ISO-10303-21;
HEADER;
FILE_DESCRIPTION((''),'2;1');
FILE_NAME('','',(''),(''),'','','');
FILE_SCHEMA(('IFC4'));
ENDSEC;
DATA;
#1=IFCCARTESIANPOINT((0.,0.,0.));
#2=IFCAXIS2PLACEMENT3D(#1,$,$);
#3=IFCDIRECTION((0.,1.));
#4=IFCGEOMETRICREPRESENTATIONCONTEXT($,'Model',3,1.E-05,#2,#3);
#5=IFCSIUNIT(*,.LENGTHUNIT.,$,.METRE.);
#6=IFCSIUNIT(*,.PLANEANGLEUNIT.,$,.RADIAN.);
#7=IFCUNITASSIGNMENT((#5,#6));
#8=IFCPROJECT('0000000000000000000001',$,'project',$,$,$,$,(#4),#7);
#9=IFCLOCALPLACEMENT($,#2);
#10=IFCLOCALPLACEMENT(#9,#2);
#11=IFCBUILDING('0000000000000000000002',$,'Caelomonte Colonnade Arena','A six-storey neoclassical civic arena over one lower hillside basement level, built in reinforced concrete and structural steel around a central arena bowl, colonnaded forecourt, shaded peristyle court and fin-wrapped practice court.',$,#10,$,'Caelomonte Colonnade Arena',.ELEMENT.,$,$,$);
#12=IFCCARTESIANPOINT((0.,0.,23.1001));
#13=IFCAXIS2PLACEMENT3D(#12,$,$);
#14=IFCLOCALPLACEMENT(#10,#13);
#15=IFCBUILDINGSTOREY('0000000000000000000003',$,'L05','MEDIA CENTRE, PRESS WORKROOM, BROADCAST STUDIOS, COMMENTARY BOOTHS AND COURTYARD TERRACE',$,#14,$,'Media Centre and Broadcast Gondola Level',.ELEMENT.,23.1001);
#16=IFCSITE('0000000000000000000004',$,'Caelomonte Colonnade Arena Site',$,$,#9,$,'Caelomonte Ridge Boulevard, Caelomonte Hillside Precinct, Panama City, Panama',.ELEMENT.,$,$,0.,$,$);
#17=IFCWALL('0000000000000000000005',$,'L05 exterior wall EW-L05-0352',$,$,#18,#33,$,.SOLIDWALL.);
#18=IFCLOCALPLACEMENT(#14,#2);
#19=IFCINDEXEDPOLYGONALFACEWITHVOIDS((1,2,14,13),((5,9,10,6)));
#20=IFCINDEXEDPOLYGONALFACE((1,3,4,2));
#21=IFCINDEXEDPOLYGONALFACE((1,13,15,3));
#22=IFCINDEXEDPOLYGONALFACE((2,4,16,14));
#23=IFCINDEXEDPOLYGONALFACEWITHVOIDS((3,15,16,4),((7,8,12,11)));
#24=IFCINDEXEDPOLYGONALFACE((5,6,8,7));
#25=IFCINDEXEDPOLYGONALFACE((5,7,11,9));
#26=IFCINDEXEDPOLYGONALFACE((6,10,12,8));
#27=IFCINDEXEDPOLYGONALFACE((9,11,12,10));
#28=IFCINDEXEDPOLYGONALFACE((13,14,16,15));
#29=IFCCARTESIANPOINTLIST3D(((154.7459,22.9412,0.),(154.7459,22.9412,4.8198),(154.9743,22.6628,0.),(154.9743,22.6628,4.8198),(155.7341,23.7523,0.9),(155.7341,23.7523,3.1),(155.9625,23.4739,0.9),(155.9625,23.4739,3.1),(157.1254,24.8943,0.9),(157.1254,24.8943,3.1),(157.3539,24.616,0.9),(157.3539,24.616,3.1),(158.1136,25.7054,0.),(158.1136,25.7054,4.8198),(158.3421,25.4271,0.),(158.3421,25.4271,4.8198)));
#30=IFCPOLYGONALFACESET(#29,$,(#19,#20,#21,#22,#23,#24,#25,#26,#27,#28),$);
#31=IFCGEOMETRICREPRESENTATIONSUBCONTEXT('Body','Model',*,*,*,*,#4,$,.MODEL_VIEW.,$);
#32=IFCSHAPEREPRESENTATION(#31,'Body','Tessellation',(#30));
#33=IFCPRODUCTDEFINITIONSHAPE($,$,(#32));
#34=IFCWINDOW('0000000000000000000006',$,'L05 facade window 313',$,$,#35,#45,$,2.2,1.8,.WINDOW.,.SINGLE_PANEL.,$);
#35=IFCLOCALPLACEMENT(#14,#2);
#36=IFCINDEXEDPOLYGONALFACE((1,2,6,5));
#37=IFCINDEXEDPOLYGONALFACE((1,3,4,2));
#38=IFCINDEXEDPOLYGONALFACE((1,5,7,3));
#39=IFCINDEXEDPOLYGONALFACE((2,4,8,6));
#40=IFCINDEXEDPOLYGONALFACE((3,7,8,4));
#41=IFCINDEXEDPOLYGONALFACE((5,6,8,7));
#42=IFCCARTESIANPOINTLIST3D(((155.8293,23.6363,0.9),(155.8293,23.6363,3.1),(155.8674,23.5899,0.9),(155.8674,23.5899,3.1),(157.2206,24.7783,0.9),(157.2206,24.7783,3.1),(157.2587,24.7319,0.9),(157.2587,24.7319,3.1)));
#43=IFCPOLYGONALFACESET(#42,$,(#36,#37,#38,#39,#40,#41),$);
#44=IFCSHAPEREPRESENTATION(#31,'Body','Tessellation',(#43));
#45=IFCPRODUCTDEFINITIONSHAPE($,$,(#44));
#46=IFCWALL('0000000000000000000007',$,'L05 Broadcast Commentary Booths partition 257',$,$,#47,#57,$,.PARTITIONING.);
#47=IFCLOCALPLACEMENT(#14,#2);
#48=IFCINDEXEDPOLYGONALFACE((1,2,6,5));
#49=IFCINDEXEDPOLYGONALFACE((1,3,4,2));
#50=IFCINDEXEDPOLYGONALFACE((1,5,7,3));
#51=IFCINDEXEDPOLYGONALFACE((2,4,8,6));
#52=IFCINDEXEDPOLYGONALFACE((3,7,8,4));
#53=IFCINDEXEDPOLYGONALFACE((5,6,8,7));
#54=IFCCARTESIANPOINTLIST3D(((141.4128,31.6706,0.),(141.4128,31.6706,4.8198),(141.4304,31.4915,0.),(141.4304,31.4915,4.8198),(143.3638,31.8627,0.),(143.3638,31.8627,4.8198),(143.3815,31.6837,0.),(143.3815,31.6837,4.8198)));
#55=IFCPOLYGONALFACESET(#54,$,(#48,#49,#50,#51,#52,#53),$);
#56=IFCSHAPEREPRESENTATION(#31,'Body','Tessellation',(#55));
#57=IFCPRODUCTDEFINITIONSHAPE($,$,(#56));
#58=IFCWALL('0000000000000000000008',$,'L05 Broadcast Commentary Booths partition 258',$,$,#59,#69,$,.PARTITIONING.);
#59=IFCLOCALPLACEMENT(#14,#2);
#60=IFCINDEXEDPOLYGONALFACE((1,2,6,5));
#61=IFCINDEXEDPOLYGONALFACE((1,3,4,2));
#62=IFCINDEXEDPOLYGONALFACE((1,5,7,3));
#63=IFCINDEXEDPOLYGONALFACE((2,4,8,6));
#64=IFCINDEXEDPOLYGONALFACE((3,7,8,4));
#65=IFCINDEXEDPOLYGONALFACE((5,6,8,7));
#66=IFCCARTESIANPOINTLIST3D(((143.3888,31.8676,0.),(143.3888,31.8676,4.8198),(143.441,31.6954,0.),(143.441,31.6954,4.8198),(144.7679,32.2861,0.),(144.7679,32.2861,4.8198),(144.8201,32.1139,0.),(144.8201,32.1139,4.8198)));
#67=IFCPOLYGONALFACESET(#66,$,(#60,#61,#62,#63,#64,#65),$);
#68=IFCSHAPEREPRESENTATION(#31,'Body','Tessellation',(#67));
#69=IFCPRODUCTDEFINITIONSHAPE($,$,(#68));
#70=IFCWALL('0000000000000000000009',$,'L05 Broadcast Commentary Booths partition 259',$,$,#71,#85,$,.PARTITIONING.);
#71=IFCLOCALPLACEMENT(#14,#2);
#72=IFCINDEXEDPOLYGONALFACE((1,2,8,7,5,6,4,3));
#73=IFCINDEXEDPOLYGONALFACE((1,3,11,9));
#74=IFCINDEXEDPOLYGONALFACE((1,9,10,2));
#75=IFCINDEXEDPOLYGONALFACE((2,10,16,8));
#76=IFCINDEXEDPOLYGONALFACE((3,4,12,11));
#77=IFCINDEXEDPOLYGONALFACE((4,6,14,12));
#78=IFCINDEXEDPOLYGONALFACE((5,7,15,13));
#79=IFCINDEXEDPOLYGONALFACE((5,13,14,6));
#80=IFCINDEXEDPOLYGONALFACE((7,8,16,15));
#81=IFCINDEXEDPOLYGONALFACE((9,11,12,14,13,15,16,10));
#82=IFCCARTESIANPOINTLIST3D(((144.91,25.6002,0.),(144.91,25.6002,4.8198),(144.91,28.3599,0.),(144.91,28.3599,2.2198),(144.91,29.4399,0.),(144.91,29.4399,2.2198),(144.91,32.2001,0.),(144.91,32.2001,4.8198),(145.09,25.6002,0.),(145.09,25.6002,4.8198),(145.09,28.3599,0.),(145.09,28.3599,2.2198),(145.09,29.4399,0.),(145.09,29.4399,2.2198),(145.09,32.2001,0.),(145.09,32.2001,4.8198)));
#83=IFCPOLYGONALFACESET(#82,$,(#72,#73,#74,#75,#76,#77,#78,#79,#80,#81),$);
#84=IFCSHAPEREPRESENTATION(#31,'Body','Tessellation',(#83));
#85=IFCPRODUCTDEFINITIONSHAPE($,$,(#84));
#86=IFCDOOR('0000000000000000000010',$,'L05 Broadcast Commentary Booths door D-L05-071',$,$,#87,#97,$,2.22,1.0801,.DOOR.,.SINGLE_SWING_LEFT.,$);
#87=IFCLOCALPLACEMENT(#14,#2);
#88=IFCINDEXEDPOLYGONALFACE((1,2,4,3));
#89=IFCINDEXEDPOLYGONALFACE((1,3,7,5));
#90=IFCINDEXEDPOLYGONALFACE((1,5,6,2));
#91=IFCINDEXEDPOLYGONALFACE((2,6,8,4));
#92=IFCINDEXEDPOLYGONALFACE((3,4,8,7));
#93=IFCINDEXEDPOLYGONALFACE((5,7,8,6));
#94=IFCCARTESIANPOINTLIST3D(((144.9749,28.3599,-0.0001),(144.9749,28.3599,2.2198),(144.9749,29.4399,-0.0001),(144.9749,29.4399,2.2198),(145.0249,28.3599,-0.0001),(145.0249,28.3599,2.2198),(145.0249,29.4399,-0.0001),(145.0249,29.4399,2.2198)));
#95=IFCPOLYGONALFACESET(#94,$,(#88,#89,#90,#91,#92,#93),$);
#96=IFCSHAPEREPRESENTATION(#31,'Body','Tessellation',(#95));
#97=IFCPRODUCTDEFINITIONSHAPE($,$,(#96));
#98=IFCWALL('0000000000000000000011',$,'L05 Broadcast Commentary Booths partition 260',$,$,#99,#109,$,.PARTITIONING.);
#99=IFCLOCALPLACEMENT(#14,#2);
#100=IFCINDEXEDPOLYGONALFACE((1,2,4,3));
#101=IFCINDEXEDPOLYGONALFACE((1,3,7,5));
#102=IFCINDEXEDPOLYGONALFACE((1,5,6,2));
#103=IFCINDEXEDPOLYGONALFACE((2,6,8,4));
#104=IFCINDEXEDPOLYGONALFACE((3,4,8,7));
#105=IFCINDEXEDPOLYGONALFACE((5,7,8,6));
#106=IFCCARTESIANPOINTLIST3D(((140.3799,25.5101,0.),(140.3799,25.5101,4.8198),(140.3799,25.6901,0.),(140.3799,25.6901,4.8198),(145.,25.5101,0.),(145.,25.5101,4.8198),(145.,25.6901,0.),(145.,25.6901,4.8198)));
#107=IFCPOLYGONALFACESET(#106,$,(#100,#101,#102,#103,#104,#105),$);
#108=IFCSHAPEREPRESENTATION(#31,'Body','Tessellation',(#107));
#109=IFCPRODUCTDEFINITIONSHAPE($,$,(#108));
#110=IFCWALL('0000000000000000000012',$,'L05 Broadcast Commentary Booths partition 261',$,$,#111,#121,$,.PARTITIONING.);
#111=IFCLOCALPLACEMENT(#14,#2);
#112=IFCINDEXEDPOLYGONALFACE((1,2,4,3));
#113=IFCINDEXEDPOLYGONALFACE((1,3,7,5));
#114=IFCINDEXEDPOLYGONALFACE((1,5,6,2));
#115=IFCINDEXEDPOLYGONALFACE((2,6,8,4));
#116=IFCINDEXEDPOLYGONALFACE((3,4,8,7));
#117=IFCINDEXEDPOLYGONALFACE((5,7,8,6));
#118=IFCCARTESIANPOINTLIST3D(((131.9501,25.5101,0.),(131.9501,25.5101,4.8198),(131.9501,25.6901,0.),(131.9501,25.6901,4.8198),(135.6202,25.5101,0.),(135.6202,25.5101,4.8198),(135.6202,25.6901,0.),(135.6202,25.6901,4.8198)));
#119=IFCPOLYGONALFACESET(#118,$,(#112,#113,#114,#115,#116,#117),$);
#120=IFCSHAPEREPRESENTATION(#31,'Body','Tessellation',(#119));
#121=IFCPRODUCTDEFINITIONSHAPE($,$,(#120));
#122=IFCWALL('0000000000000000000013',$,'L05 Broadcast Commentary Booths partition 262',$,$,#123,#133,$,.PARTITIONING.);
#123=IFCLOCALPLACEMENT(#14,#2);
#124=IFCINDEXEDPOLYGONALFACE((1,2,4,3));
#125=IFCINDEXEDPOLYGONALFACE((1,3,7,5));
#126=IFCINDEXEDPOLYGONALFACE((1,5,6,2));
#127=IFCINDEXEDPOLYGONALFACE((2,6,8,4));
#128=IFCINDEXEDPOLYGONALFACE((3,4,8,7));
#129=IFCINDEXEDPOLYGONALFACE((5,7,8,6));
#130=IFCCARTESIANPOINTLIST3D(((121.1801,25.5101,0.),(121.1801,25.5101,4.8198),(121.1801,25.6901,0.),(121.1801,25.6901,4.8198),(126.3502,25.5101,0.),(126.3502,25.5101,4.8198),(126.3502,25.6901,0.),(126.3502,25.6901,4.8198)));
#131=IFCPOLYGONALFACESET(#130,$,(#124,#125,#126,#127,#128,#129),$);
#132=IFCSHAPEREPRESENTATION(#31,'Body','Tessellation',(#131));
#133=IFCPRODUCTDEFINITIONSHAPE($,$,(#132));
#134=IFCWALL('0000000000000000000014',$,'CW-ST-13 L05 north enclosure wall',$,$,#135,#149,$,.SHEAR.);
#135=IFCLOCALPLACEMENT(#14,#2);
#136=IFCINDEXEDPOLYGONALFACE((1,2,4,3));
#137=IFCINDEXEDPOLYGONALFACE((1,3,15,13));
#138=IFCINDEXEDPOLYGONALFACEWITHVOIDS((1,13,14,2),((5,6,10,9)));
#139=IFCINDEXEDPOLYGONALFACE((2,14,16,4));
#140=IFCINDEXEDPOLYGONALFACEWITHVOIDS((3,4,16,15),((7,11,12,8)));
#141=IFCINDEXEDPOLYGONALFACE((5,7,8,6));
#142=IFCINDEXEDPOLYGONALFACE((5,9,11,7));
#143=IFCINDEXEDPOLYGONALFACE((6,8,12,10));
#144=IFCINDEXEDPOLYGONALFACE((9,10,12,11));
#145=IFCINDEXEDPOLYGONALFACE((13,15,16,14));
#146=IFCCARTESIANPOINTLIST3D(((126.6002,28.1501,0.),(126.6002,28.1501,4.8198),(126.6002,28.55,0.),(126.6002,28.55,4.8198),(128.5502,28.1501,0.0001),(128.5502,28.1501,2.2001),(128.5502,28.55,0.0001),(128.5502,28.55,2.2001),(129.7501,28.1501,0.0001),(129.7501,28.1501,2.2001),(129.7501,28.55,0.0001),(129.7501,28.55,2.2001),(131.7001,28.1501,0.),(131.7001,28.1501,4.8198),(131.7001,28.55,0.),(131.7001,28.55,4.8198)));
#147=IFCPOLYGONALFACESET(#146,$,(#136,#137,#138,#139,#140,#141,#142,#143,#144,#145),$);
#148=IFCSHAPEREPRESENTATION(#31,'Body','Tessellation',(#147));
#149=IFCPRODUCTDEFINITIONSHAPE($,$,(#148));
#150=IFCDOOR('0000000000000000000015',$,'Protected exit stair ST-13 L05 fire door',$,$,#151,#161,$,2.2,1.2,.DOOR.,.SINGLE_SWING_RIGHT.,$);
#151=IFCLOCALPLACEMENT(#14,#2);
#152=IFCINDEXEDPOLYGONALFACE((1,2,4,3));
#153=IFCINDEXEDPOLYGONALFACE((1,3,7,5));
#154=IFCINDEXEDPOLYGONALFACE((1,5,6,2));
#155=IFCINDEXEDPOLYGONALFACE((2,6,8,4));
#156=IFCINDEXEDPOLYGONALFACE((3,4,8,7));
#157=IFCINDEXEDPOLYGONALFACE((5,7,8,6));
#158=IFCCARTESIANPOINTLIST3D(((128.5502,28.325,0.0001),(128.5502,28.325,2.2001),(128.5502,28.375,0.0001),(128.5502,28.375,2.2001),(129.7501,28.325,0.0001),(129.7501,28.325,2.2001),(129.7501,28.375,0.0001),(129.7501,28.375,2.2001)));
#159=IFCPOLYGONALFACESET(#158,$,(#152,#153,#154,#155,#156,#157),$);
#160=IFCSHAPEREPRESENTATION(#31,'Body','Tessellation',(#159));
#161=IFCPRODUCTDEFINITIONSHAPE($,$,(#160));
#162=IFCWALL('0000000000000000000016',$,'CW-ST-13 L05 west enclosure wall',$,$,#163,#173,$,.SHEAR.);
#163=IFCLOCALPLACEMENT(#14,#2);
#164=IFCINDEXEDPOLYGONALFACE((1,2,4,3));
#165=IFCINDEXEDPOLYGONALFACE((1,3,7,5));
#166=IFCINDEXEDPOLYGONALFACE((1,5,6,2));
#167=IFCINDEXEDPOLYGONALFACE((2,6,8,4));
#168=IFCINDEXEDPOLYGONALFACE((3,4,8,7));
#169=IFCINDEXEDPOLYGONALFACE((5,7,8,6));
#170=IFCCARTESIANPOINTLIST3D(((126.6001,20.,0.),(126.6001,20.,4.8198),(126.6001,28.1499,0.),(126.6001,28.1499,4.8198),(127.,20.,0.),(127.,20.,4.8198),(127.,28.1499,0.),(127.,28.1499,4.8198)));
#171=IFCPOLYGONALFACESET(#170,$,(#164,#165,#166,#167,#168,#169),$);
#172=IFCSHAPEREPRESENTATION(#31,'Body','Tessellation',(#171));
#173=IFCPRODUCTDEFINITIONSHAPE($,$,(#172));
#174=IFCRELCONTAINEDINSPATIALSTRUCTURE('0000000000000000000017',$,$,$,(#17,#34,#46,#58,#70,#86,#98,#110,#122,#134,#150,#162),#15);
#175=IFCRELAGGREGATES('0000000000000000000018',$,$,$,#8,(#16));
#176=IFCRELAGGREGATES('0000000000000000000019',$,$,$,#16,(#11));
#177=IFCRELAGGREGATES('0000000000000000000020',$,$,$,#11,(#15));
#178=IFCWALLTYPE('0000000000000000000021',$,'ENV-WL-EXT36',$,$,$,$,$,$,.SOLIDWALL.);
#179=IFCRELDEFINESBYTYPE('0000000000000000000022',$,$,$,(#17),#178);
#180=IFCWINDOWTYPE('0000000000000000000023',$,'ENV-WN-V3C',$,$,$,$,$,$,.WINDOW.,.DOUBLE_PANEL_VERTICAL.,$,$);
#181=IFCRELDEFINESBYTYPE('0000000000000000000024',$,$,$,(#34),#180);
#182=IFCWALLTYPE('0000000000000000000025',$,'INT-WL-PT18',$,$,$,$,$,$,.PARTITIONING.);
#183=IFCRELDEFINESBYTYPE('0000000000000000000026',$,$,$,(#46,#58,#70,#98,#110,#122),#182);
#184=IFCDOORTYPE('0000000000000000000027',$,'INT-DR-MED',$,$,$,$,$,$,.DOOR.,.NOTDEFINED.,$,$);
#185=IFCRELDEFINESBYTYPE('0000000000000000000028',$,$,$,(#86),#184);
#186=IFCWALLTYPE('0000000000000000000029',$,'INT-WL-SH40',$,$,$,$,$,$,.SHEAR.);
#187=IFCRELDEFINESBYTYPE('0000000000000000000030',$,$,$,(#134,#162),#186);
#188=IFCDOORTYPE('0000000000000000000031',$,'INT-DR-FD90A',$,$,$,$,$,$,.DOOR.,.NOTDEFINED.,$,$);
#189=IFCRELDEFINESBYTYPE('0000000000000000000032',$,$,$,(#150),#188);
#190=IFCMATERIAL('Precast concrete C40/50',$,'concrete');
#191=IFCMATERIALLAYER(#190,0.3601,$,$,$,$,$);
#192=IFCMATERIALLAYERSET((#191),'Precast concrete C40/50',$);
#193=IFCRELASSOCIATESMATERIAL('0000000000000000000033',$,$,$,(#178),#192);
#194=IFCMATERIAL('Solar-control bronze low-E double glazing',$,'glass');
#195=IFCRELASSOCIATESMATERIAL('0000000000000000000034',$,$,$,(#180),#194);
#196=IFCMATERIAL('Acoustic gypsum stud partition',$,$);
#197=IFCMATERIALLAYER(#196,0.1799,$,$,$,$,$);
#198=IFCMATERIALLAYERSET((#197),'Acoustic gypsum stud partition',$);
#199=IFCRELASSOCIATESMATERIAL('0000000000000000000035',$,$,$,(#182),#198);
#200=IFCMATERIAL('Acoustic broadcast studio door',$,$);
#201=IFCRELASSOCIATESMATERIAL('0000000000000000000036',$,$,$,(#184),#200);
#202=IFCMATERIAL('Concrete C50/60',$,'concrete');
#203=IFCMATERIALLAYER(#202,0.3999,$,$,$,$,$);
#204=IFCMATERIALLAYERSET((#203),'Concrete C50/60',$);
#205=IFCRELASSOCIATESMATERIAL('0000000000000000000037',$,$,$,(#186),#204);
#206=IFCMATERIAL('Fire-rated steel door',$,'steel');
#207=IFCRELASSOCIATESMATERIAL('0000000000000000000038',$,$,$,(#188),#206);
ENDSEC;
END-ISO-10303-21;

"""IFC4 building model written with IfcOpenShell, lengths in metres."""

from ifc_helpers import new_model, si_unit, direction, frame, frame_2d, origin, place, context, subcontext, project, spatial, rectangle, extrude, material, layer, layer_set, type_object, element, fill, save


model = new_model("IFC4")

# Units and contexts
model_context = context("Model", 3, precision=1e-05, world=origin(), true_north=direction((0.0, 1.0)))
body_context = subcontext(model_context, "Body", "Model", "MODEL_VIEW")
ifc_project = project(units=[si_unit("LENGTHUNIT", "METRE"), si_unit("PLANEANGLEUNIT", "RADIAN")], contexts=[model_context])

# Site, building, storey
site_placement = place(None, origin())
site = spatial("IfcSite", under=ifc_project, at=site_placement, Name="Caelomonte Colonnade Arena Site", LongName="Caelomonte Ridge Boulevard, Caelomonte Hillside Precinct, Panama City, Panama", CompositionType="ELEMENT", RefElevation=0.0)
building_placement = place(site_placement, origin())
building = spatial("IfcBuilding", under=site, at=building_placement, Name="Caelomonte Colonnade Arena", Description="A six-storey neoclassical civic arena over one lower hillside basement level, built in reinforced concrete and structural steel around a central arena bowl, colonnaded forecourt, shaded peristyle court and fin-wrapped practice court.", LongName="Caelomonte Colonnade Arena", CompositionType="ELEMENT")
storey_placement = place(building_placement, frame((0.0, 0.0, 23.1001)))
storey = spatial("IfcBuildingStorey", under=building, at=storey_placement, Name="L05", Description="MEDIA CENTRE, PRESS WORKROOM, BROADCAST STUDIOS, COMMENTARY BOOTHS AND COURTYARD TERRACE", LongName="Media Centre and Broadcast Gondola Level", CompositionType="ELEMENT", Elevation=23.1001)

# Wall, opening, window
ifc_material_1 = material(Name="Precast concrete C40/50", Category="concrete")
ifc_layer_1 = layer(ifc_material_1, 0.3601)
ifc_layer_set_1 = layer_set([ifc_layer_1], Name="Precast concrete C40/50")
wall_type_1 = type_object("IfcWallType", Name="ENV-WL-EXT36", PredefinedType="SOLIDWALL", material=ifc_layer_set_1)
wall_1_placement = place(storey_placement, frame((154.8601, 22.802, 0.0), z_axis=(0.0, 0.0, 1.0), x_axis=(0.772968, 0.634445, 0.0)))
wall_1 = element("IfcWall", 1, at=wall_1_placement, inside=storey, type_object=wall_type_1, Name="L05 exterior wall EW-L05-0352", PredefinedType="SOLIDWALL", context=body_context, shape_type="SweptSolid", body=[
    extrude(rectangle(XDim=4.3569, YDim=0.3601, at=frame_2d((2.1785, 0.0))), origin(), (0.0, 0.0, 1.0), 4.8198),
])
opening_1_placement = place(wall_1_placement, frame((3.0784, 0.0, 0.8999), z_axis=(0.0, 0.0, 1.0), x_axis=(-1.0, 0.0, 0.0)))
opening_1 = element("IfcOpeningElement", 2, at=opening_1_placement, cuts=wall_1, PredefinedType="OPENING", context=body_context, shape_type="SweptSolid", body=[
    extrude(rectangle(XDim=1.8, YDim=2.2, at=frame_2d((0.8999, 1.1001))), frame((0.0, 0.1899, 0.0), z_axis=(0.0, -1.0, 0.0), x_axis=(1.0, 0.0, 0.0)), (0.0, 0.0, 1.0), 0.3801),
])
ifc_material_2 = material(Name="Solar-control bronze low-E double glazing", Category="glass")
window_type = type_object("IfcWindowType", Name="ENV-WN-V3C", PartitioningType="DOUBLE_PANEL_VERTICAL", PredefinedType="WINDOW", material=ifc_material_2)
window_placement = place(opening_1_placement, origin())
window = element("IfcWindow", 3, at=window_placement, inside=storey, type_object=window_type, Name="L05 facade window 313", OverallHeight=2.2, OverallWidth=1.8, PartitioningType="SINGLE_PANEL", PredefinedType="WINDOW", context=body_context, shape_type="SweptSolid", body=[
    extrude(rectangle(XDim=1.8, YDim=2.2, at=frame_2d((0.8999, 1.1001))), frame((0.0, 0.03, 0.0), z_axis=(0.0, -1.0, 0.0), x_axis=(1.0, 0.0, 0.0)), (0.0, 0.0, 1.0), 0.0601),
])
fill(opening_1, window)

# Walls
ifc_material_3 = material(Name="Acoustic gypsum stud partition")
ifc_layer_2 = layer(ifc_material_3, 0.1799)
ifc_layer_set_2 = layer_set([ifc_layer_2], Name="Acoustic gypsum stud partition")
wall_type_2 = type_object("IfcWallType", Name="INT-WL-PT18", PredefinedType="PARTITIONING", material=ifc_layer_set_2)
wall_2_placement = place(storey_placement, frame((141.4216, 31.5811, 0.0), z_axis=(0.0, 0.0, 1.0), x_axis=(0.995185, 0.098012, 0.0)))
element("IfcWall", 4, at=wall_2_placement, inside=storey, type_object=wall_type_2, Name="L05 Broadcast Commentary Booths partition 257", PredefinedType="PARTITIONING", context=body_context, shape_type="SweptSolid", body=[
    extrude(rectangle(XDim=1.9604, YDim=0.1799, at=frame_2d((0.9802, 0.0))), origin(), (0.0, 0.0, 1.0), 4.8198),
])
wall_3_placement = place(storey_placement, frame((143.4148, 31.7815, 0.0), z_axis=(0.0, 0.0, 1.0), x_axis=(0.956922, 0.290346, 0.0)))
element("IfcWall", 5, at=wall_3_placement, inside=storey, type_object=wall_type_2, Name="L05 Broadcast Commentary Booths partition 258", PredefinedType="PARTITIONING", context=body_context, shape_type="SweptSolid", body=[
    extrude(rectangle(XDim=1.4412, YDim=0.1799, at=frame_2d((0.7207, 0.0))), origin(), (0.0, 0.0, 1.0), 4.8198),
])

# Wall, opening, door
wall_4_placement = place(storey_placement, frame((145.0, 32.2, 0.0), z_axis=(0.0, 0.0, 1.0), x_axis=(0.0, -1.0, 0.0)))
wall_4 = element("IfcWall", 6, at=wall_4_placement, inside=storey, type_object=wall_type_2, Name="L05 Broadcast Commentary Booths partition 259", PredefinedType="PARTITIONING", context=body_context, shape_type="SweptSolid", body=[
    extrude(rectangle(XDim=6.5999, YDim=0.1799, at=frame_2d((3.2998, 0.0))), origin(), (0.0, 0.0, 1.0), 4.8198),
])
opening_2_placement = place(wall_4_placement, frame((2.76, 0.0, 0.0), z_axis=(0.0, 0.0, 1.0), x_axis=(1.0, 0.0, 0.0)))
opening_2 = element("IfcOpeningElement", 7, at=opening_2_placement, cuts=wall_4, PredefinedType="OPENING", context=body_context, shape_type="SweptSolid", body=[
    extrude(rectangle(XDim=1.0801, YDim=2.22, at=frame_2d((0.54, 1.1099))), frame((0.0, 0.0999, 0.0), z_axis=(0.0, -1.0, 0.0), x_axis=(1.0, 0.0, 0.0)), (0.0, 0.0, 1.0), 0.2),
])
ifc_material_4 = material(Name="Acoustic broadcast studio door")
door_type_1 = type_object("IfcDoorType", Name="INT-DR-MED", OperationType="NOTDEFINED", PredefinedType="DOOR", material=ifc_material_4)
door_1_placement = place(opening_2_placement, origin())
door_1 = element("IfcDoor", 8, at=door_1_placement, inside=storey, type_object=door_type_1, Name="L05 Broadcast Commentary Booths door D-L05-071", OperationType="SINGLE_SWING_LEFT", OverallHeight=2.22, OverallWidth=1.0801, PredefinedType="DOOR", context=body_context, shape_type="SweptSolid", body=[
    extrude(rectangle(XDim=1.0801, YDim=2.22, at=frame_2d((0.54, 1.1099))), frame((0.0, 0.0249, 0.0), z_axis=(0.0, -1.0, 0.0), x_axis=(1.0, 0.0, 0.0)), (0.0, 0.0, 1.0), 0.05),
])
fill(opening_2, door_1)

# Walls
wall_5_placement = place(storey_placement, frame((145.0, 25.6001, 0.0), z_axis=(0.0, 0.0, 1.0), x_axis=(-1.0, 0.0, 0.0)))
element("IfcWall", 9, at=wall_5_placement, inside=storey, type_object=wall_type_2, Name="L05 Broadcast Commentary Booths partition 260", PredefinedType="PARTITIONING", context=body_context, shape_type="SweptSolid", body=[
    extrude(rectangle(XDim=4.6201, YDim=0.1799, at=frame_2d((2.3101, 0.0))), origin(), (0.0, 0.0, 1.0), 4.8198),
])
wall_6_placement = place(storey_placement, frame((135.6201, 25.6001, 0.0), z_axis=(0.0, 0.0, 1.0), x_axis=(-1.0, 0.0, 0.0)))
element("IfcWall", 10, at=wall_6_placement, inside=storey, type_object=wall_type_2, Name="L05 Broadcast Commentary Booths partition 261", PredefinedType="PARTITIONING", context=body_context, shape_type="SweptSolid", body=[
    extrude(rectangle(XDim=3.6702, YDim=0.1799, at=frame_2d((1.835, 0.0))), origin(), (0.0, 0.0, 1.0), 4.8198),
])
wall_7_placement = place(storey_placement, frame((126.3501, 25.6001, 0.0), z_axis=(0.0, 0.0, 1.0), x_axis=(-1.0, 0.0, 0.0)))
element("IfcWall", 11, at=wall_7_placement, inside=storey, type_object=wall_type_2, Name="L05 Broadcast Commentary Booths partition 262", PredefinedType="PARTITIONING", context=body_context, shape_type="SweptSolid", body=[
    extrude(rectangle(XDim=5.1702, YDim=0.1799, at=frame_2d((2.585, 0.0))), origin(), (0.0, 0.0, 1.0), 4.8198),
])

# Wall, opening, door
ifc_material_5 = material(Name="Concrete C50/60", Category="concrete")
ifc_layer_3 = layer(ifc_material_5, 0.3999)
ifc_layer_set_3 = layer_set([ifc_layer_3], Name="Concrete C50/60")
wall_type_3 = type_object("IfcWallType", Name="INT-WL-SH40", PredefinedType="SHEAR", material=ifc_layer_set_3)
wall_8_placement = place(storey_placement, frame((131.7, 28.3501, 0.0), z_axis=(0.0, 0.0, 1.0), x_axis=(-1.0, 0.0, 0.0)))
wall_8 = element("IfcWall", 12, at=wall_8_placement, inside=storey, type_object=wall_type_3, Name="CW-ST-13 L05 north enclosure wall", PredefinedType="SHEAR", context=body_context, shape_type="SweptSolid", body=[
    extrude(rectangle(XDim=5.0999, YDim=0.3999, at=frame_2d((2.5498, 0.0))), origin(), (0.0, 0.0, 1.0), 4.8198),
])
opening_3_placement = place(wall_8_placement, frame((3.1499, 0.0, 0.0), z_axis=(0.0, 0.0, 1.0), x_axis=(-1.0, 0.0, 0.0)))
opening_3 = element("IfcOpeningElement", 13, at=opening_3_placement, cuts=wall_8, PredefinedType="OPENING", context=body_context, shape_type="SweptSolid", body=[
    extrude(rectangle(XDim=1.2, YDim=2.2, at=frame_2d((0.6001, 1.1001))), frame((0.0, 0.21, 0.0), z_axis=(0.0, -1.0, 0.0), x_axis=(1.0, 0.0, 0.0)), (0.0, 0.0, 1.0), 0.4199),
])
ifc_material_6 = material(Name="Fire-rated steel door", Category="steel")
door_type_2 = type_object("IfcDoorType", Name="INT-DR-FD90A", OperationType="NOTDEFINED", PredefinedType="DOOR", material=ifc_material_6)
door_2_placement = place(opening_3_placement, origin())
door_2 = element("IfcDoor", 14, at=door_2_placement, inside=storey, type_object=door_type_2, Name="Protected exit stair ST-13 L05 fire door", OperationType="SINGLE_SWING_RIGHT", OverallHeight=2.2, OverallWidth=1.2, PredefinedType="DOOR", context=body_context, shape_type="SweptSolid", body=[
    extrude(rectangle(XDim=1.2, YDim=2.2, at=frame_2d((0.6001, 1.1001))), frame((0.0, 0.0249, 0.0), z_axis=(0.0, -1.0, 0.0), x_axis=(1.0, 0.0, 0.0)), (0.0, 0.0, 1.0), 0.05),
])
fill(opening_3, door_2)

# Wall
wall_9_placement = place(storey_placement, frame((126.8, 28.1499, 0.0), z_axis=(0.0, 0.0, 1.0), x_axis=(0.0, -1.0, 0.0)))
element("IfcWall", 15, at=wall_9_placement, inside=storey, type_object=wall_type_3, Name="CW-ST-13 L05 west enclosure wall", PredefinedType="SHEAR", context=body_context, shape_type="SweptSolid", body=[
    extrude(rectangle(XDim=8.1499, YDim=0.3999, at=frame_2d((4.075, 0.0))), origin(), (0.0, 0.0, 1.0), 4.8198),
])

save(model, "model.ifc")
